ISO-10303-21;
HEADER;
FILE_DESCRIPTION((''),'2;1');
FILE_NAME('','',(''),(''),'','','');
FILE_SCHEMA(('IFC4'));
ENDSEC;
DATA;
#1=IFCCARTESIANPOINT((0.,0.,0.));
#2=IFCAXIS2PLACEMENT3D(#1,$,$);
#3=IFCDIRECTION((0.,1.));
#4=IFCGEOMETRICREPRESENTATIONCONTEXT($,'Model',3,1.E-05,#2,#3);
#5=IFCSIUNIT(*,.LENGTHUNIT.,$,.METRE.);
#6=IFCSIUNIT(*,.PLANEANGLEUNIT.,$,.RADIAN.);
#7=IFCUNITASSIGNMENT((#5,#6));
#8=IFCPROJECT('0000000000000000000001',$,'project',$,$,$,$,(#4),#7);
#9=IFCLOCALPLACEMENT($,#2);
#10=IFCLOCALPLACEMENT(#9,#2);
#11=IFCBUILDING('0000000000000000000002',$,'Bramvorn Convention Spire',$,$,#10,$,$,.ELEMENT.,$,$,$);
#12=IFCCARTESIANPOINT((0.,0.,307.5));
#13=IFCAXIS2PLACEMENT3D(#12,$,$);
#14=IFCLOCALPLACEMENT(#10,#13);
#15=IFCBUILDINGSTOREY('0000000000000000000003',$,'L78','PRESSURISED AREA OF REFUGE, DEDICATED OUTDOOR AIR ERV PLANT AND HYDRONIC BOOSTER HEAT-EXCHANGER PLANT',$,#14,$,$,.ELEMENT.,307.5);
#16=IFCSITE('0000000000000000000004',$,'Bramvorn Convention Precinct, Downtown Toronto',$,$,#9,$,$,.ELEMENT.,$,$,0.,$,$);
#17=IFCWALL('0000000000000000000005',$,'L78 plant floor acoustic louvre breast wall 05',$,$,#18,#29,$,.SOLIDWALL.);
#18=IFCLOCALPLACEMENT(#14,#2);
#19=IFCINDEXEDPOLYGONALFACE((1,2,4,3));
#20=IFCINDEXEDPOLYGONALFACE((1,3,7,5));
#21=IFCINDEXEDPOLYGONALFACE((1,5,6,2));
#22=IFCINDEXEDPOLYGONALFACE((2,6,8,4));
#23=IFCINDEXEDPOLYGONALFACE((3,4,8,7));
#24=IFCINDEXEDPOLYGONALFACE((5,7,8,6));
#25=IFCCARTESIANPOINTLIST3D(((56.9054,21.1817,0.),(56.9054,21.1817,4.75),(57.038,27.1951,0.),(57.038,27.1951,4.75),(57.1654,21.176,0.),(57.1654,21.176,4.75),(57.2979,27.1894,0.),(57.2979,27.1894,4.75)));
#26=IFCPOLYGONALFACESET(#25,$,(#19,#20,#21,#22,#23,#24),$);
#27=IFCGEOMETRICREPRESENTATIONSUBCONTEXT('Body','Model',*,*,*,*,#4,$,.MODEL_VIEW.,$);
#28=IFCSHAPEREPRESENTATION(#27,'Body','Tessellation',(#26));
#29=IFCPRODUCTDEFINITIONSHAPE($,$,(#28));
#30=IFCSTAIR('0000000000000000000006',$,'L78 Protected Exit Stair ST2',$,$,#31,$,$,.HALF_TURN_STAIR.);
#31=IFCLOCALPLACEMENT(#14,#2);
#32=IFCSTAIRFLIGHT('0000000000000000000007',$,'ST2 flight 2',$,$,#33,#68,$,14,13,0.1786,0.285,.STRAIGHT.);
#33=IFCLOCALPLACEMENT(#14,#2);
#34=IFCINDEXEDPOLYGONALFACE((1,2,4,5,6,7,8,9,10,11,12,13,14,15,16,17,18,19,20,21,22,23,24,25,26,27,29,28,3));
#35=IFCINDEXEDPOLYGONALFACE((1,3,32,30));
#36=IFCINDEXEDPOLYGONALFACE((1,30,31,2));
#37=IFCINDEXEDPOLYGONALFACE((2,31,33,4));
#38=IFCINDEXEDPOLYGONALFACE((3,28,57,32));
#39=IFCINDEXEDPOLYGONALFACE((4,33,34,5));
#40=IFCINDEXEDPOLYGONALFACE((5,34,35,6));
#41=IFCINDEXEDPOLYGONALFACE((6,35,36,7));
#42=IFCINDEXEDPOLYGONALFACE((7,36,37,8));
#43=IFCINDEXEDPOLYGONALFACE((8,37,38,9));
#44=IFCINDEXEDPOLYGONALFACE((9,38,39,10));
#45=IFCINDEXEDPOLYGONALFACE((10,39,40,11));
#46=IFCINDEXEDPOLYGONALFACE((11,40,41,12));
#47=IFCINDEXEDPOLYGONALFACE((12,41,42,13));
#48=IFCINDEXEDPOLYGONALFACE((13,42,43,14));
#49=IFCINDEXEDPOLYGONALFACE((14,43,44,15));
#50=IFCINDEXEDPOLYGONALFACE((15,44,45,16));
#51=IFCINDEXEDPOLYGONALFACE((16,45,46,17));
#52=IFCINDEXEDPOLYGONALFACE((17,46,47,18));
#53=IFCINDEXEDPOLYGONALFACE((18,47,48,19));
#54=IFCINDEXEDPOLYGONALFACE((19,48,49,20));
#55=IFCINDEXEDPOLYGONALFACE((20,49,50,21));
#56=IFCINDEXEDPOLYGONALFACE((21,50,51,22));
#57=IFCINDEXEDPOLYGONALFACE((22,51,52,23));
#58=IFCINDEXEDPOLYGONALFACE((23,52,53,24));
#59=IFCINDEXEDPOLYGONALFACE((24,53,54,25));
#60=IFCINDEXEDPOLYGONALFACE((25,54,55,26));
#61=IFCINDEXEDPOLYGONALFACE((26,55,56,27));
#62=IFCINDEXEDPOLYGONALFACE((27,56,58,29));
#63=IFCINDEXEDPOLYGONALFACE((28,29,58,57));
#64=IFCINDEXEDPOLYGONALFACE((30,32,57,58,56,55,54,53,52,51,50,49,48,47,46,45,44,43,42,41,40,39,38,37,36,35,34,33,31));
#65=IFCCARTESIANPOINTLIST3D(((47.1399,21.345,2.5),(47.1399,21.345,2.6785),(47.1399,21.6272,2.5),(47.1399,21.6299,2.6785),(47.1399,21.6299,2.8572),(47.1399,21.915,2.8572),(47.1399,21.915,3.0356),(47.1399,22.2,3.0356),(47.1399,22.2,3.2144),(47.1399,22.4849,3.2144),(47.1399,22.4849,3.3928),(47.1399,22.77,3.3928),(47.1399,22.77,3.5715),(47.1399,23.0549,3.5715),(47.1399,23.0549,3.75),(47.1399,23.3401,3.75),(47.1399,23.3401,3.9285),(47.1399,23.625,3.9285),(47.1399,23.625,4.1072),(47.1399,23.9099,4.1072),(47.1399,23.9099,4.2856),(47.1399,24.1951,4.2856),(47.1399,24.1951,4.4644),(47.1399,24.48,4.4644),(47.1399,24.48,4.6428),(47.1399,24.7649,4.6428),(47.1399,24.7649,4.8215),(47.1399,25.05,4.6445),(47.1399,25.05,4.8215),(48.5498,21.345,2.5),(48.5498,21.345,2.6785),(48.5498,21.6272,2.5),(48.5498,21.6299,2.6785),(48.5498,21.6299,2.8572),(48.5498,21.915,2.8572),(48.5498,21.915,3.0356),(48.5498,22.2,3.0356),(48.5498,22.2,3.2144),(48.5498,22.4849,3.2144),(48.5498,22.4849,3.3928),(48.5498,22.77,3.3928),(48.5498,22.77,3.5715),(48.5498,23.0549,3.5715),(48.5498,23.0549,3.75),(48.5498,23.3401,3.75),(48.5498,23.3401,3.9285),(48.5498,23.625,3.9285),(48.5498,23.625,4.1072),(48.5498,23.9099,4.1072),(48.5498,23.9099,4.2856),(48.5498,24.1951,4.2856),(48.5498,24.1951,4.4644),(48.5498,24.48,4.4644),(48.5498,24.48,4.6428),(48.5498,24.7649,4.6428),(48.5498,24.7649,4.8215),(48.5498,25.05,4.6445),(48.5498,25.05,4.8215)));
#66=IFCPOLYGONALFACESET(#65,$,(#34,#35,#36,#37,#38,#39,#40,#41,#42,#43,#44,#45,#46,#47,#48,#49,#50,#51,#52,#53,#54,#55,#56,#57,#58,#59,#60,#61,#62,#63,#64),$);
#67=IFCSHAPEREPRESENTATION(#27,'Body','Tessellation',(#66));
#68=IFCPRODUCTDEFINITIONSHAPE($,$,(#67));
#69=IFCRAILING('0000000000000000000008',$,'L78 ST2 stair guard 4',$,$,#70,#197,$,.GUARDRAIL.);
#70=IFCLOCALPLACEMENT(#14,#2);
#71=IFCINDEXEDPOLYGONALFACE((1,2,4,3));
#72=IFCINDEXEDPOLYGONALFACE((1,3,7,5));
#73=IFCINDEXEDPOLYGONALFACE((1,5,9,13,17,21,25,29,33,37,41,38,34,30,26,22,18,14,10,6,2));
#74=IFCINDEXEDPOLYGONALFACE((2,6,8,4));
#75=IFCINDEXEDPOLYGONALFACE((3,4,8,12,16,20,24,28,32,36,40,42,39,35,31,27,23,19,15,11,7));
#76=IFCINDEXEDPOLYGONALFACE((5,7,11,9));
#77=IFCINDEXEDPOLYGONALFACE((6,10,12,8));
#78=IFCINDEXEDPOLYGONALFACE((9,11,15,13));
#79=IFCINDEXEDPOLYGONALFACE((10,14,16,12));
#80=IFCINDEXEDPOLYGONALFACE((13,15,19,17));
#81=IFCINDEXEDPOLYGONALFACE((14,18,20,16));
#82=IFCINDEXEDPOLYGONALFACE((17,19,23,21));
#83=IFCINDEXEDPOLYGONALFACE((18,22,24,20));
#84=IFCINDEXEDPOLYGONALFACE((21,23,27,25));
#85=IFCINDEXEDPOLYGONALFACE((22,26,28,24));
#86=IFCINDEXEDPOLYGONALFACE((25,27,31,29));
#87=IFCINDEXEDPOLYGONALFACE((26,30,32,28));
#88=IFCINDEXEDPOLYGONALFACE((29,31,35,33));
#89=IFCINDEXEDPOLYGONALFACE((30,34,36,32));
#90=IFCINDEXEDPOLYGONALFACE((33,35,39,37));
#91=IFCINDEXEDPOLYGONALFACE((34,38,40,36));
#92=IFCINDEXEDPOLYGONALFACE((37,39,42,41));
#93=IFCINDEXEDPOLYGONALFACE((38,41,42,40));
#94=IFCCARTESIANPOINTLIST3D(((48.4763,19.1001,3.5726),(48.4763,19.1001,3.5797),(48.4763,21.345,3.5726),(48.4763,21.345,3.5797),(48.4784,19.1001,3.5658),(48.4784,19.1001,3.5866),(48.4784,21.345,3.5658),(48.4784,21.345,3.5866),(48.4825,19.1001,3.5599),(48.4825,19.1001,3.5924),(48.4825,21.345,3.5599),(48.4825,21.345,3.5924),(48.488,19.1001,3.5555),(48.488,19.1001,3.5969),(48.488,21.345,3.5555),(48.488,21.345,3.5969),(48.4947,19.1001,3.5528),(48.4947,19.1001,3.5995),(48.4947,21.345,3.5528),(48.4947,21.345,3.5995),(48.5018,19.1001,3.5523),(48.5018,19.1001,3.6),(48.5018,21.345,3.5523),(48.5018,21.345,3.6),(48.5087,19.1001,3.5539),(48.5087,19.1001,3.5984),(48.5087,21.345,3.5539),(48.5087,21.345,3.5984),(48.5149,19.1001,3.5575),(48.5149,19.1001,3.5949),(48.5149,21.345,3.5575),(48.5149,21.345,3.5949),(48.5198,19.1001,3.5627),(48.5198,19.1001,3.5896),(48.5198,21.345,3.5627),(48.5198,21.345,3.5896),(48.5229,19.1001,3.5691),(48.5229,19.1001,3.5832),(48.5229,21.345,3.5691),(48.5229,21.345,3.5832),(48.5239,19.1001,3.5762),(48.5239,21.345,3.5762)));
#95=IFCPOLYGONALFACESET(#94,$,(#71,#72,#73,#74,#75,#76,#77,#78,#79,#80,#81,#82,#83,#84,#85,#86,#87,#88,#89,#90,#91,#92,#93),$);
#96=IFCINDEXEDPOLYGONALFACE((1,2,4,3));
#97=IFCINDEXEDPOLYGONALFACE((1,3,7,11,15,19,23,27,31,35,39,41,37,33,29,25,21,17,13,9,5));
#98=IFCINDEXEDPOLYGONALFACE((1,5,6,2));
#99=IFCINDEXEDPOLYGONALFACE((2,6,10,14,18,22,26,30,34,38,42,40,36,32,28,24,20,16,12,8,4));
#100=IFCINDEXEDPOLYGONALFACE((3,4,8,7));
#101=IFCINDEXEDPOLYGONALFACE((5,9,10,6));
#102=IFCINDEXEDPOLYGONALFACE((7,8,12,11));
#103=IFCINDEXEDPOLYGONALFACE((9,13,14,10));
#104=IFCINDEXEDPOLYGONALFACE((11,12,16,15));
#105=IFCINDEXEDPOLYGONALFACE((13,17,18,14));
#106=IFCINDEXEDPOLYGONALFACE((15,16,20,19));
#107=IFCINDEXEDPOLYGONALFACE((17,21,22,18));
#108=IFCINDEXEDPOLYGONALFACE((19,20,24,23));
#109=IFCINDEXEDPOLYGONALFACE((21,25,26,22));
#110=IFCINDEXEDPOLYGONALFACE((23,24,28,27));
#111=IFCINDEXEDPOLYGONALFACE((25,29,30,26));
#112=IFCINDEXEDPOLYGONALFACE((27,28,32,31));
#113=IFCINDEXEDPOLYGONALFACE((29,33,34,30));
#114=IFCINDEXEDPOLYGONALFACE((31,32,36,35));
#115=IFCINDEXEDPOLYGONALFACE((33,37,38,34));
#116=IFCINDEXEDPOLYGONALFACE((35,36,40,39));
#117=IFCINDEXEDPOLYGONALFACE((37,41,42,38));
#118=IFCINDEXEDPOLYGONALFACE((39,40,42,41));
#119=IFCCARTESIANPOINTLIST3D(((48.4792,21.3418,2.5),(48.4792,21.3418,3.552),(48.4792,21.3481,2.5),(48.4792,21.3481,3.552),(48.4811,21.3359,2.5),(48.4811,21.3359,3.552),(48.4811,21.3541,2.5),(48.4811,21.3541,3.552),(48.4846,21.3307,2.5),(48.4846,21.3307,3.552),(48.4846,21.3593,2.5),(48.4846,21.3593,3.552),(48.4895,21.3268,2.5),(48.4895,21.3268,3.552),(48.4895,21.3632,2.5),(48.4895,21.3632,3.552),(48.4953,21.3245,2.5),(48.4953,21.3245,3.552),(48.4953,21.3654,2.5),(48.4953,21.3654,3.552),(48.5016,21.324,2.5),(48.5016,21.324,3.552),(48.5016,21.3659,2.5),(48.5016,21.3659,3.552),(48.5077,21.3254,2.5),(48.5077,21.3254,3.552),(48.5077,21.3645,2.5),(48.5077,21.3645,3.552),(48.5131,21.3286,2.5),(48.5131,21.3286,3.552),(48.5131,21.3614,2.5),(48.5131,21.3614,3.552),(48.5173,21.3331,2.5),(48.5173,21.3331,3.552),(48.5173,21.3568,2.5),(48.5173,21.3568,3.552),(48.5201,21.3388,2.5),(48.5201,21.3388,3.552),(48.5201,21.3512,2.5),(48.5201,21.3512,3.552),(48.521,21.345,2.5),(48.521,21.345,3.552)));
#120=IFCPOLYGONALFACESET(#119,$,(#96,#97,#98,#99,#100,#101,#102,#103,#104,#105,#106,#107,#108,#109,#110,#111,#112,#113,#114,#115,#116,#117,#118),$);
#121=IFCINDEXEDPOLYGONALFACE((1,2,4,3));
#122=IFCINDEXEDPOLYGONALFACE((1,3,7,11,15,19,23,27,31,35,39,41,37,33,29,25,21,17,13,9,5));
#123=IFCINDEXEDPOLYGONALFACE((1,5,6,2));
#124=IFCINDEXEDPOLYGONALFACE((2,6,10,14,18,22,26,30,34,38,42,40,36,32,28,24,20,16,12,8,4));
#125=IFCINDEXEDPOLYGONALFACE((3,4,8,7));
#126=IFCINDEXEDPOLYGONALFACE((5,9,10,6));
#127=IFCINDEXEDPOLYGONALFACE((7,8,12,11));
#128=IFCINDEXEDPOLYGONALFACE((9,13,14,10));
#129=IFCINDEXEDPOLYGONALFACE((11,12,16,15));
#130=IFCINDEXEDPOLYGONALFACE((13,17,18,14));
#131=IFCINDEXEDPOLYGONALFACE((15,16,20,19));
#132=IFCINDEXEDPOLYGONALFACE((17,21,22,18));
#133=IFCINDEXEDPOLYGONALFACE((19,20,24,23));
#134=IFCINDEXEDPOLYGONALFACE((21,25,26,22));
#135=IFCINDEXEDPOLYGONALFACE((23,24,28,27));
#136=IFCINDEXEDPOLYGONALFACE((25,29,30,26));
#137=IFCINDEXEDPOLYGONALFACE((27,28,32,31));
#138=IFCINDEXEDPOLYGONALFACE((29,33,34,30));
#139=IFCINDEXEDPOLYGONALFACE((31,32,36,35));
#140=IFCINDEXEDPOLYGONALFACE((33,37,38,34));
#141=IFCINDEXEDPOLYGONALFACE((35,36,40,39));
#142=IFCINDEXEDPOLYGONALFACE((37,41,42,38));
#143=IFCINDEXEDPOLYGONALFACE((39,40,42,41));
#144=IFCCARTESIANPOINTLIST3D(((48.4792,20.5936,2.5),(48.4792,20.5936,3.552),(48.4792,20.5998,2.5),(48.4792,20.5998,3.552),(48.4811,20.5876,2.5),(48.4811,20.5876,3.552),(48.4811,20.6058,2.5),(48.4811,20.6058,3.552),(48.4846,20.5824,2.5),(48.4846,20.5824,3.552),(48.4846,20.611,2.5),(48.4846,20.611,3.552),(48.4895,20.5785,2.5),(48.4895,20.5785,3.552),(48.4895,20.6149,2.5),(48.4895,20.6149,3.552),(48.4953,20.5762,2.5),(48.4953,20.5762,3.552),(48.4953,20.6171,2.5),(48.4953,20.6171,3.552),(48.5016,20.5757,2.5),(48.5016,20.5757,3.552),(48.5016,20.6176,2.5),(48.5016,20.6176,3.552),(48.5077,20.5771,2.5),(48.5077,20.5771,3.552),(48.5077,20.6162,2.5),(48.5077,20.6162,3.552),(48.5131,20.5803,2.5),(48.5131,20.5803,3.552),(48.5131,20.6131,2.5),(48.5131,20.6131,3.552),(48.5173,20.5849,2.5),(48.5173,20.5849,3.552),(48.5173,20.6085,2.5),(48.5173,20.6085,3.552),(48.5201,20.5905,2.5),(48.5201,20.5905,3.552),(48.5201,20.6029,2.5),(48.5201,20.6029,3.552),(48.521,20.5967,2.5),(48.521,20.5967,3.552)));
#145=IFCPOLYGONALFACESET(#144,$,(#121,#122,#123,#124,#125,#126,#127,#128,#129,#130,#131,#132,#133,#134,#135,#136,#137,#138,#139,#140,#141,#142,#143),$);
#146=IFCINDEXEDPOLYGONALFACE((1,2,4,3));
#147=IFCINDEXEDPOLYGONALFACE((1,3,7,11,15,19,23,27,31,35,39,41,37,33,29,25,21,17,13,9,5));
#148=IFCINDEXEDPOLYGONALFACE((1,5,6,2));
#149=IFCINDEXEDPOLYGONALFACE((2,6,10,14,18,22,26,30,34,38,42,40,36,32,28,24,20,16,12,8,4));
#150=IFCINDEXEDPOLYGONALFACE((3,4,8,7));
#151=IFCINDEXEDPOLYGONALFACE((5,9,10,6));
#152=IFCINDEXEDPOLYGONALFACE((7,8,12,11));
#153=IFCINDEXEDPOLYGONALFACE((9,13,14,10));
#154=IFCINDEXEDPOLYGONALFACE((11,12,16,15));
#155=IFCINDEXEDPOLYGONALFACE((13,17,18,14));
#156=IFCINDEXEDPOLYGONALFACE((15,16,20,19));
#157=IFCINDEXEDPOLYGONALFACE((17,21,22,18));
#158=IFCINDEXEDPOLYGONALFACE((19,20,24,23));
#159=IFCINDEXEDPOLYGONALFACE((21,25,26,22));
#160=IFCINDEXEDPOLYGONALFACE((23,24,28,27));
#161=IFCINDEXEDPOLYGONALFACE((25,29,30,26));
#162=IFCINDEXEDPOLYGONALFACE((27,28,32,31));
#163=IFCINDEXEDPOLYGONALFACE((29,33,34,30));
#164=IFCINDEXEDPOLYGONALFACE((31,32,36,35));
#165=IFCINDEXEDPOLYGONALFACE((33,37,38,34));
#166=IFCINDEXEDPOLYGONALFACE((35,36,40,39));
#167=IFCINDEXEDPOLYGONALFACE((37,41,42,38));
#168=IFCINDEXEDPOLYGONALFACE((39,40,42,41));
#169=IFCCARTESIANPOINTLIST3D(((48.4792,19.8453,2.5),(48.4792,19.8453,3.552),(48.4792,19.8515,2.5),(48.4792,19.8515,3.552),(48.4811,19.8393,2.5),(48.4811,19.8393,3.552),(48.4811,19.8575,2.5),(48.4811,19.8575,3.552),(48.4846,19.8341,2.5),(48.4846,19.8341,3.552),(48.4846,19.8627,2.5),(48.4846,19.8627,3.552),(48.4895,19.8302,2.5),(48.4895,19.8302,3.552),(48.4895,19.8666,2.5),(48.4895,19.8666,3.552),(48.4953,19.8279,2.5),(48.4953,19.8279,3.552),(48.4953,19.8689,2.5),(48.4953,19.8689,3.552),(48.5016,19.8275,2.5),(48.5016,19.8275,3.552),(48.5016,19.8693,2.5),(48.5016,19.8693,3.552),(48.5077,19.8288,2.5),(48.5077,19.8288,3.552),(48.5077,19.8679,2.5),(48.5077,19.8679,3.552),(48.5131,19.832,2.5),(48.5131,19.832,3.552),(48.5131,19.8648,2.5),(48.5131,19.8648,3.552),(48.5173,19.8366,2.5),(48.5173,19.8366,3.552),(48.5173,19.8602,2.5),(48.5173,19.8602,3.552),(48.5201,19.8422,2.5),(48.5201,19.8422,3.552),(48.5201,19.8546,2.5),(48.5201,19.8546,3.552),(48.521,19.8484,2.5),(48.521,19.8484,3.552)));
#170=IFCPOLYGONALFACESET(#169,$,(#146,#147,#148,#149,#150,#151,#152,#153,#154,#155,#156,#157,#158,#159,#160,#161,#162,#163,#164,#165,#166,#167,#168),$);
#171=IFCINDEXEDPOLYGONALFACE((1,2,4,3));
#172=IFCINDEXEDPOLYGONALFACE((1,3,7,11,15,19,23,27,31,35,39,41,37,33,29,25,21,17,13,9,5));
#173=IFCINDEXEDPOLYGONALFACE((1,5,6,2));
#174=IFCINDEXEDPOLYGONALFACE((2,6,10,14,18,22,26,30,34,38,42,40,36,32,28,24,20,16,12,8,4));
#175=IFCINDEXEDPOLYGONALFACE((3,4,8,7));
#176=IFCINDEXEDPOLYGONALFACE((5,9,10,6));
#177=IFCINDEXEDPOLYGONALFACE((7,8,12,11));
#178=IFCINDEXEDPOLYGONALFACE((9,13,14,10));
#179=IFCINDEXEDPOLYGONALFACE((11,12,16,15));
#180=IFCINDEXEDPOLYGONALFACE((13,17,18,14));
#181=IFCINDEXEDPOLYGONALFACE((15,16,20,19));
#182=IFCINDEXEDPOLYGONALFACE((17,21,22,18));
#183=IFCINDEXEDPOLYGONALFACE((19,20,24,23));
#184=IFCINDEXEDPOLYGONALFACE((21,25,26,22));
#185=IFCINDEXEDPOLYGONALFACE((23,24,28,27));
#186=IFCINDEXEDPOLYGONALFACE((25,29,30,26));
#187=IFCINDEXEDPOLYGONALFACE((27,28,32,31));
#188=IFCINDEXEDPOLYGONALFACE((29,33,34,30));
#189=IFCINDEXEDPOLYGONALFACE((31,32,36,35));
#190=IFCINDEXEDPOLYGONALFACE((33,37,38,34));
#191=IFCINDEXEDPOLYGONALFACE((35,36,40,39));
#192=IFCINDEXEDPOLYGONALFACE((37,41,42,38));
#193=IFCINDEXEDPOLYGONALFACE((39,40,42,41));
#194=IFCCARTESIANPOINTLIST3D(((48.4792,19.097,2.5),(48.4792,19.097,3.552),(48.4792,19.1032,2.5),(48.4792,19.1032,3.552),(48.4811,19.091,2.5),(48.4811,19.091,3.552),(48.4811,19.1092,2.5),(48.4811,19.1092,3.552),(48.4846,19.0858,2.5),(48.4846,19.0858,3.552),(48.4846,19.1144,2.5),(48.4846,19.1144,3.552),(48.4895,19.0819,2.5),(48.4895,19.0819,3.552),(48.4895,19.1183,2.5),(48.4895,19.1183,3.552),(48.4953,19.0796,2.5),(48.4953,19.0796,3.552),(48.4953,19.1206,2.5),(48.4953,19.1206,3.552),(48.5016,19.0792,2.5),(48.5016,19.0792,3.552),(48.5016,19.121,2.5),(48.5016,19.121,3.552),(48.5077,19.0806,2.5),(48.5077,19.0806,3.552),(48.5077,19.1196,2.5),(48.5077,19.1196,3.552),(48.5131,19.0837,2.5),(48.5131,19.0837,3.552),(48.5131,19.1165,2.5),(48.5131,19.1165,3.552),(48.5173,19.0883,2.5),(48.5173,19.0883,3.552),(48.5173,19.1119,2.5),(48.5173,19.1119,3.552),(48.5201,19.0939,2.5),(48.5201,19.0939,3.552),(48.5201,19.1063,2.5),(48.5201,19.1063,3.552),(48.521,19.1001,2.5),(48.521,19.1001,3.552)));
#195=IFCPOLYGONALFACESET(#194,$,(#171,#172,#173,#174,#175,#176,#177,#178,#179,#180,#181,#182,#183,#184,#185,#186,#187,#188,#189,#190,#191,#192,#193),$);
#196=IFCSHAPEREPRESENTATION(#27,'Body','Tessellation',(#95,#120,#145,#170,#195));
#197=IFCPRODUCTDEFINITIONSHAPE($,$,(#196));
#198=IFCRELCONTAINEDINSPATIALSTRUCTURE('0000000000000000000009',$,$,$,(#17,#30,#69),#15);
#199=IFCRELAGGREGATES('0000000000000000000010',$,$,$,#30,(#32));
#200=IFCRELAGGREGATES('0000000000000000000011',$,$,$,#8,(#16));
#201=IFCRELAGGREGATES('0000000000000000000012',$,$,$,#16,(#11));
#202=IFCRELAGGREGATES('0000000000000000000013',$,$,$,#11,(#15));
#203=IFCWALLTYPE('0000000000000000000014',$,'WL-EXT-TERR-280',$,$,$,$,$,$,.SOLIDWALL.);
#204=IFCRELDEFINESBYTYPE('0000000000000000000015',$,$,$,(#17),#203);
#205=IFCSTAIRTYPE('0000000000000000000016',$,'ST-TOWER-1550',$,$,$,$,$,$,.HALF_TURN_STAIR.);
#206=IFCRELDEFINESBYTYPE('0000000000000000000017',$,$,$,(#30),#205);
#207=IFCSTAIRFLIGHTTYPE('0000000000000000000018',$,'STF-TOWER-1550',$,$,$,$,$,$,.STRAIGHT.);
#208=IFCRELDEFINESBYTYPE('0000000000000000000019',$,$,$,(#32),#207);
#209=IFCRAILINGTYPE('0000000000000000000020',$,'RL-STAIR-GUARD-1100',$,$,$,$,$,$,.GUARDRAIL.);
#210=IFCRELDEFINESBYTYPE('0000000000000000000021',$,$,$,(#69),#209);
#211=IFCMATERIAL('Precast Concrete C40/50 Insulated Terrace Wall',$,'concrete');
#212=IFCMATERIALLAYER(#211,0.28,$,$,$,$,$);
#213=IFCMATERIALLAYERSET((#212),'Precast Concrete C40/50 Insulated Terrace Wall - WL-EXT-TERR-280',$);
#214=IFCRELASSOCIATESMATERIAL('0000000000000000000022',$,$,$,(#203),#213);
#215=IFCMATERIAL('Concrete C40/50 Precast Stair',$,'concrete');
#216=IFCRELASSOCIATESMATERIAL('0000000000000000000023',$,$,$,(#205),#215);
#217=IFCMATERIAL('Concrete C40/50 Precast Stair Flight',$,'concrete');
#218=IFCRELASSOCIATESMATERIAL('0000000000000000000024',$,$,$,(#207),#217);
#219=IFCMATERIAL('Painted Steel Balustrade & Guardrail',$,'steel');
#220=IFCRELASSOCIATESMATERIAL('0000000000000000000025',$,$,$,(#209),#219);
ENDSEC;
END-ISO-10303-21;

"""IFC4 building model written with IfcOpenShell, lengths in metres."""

from ifc_helpers import new_model, si_unit, direction, frame, frame_2d, origin, origin_2d, place, context, subcontext, project, spatial, polyline, rectangle, circle, outline, extrude, material, layer, layer_set, type_object, element, aggregate, save


model = new_model("IFC4")

# Units and contexts
model_context = context("Model", 3, precision=1e-05, world=origin(), true_north=direction((0.0, 1.0)))
body_context = subcontext(model_context, "Body", "Model", "MODEL_VIEW")
ifc_project = project(units=[si_unit("LENGTHUNIT", "METRE"), si_unit("PLANEANGLEUNIT", "RADIAN")], contexts=[model_context])

# Site, building, storey
site_placement = place(None, origin())
site = spatial("IfcSite", under=ifc_project, at=site_placement, Name="Bramvorn Convention Precinct, Downtown Toronto", CompositionType="ELEMENT", RefElevation=0.0)
building_placement = place(site_placement, origin())
building = spatial("IfcBuilding", under=site, at=building_placement, Name="Bramvorn Convention Spire", CompositionType="ELEMENT")
storey_placement = place(building_placement, frame((0.0, 0.0, 307.5)))
storey = spatial("IfcBuildingStorey", under=building, at=storey_placement, Name="L78", Description="PRESSURISED AREA OF REFUGE, DEDICATED OUTDOOR AIR ERV PLANT AND HYDRONIC BOOSTER HEAT-EXCHANGER PLANT", CompositionType="ELEMENT", Elevation=307.5)

# Wall
ifc_material_1 = material(Name="Precast Concrete C40/50 Insulated Terrace Wall", Category="concrete")
ifc_layer_1 = layer(ifc_material_1, 0.28)
ifc_layer_set_1 = layer_set([ifc_layer_1], Name="Precast Concrete C40/50 Insulated Terrace Wall - WL-EXT-TERR-280")
wall_type = type_object("IfcWallType", Name="WL-EXT-TERR-280", PredefinedType="SOLIDWALL", material=ifc_layer_set_1)
wall_placement = place(storey_placement, frame((57.168, 27.1921, 0.0), z_axis=(0.0, 0.0, 1.0), x_axis=(-0.02204, -0.999757, 0.0)))
element("IfcWall", 1, at=wall_placement, inside=storey, type_object=wall_type, Name="L78 plant floor acoustic louvre breast wall 05", PredefinedType="SOLIDWALL", context=body_context, shape_type="SweptSolid", body=[
    extrude(rectangle(XDim=6.0149, YDim=0.26, at=frame_2d((3.0073, 0.0))), origin(), (0.0, 0.0, 1.0), 4.75),
])

# Stair, stair flight
ifc_material_2 = material(Name="Concrete C40/50 Precast Stair", Category="concrete")
stair_type = type_object("IfcStairType", Name="ST-TOWER-1550", PredefinedType="HALF_TURN_STAIR", material=ifc_material_2)
stair_placement = place(storey_placement, origin())
stair = element("IfcStair", 2, at=stair_placement, inside=storey, type_object=stair_type, Name="L78 Protected Exit Stair ST2", PredefinedType="HALF_TURN_STAIR")
ifc_material_3 = material(Name="Concrete C40/50 Precast Stair Flight", Category="concrete")
stair_flight_type = type_object("IfcStairFlightType", Name="STF-TOWER-1550", PredefinedType="STRAIGHT", material=ifc_material_3)
stair_flight_placement = place(storey_placement, frame((47.845, 21.345, 2.5), z_axis=(0.0, 0.0, 1.0), x_axis=(0.0, 1.0, 0.0)))
stair_flight = element("IfcStairFlight", 3, at=stair_flight_placement, type_object=stair_flight_type, Name="ST2 flight 2", NumberOfRisers=14, NumberOfTreads=13, PredefinedType="STRAIGHT", RiserHeight=0.1786, TreadLength=0.285, context=body_context, shape_type="SweptSolid", body=[
    extrude(outline(polyline([(0.0, 0.0), (0.0, 0.1785), (0.2849, 0.1785), (0.2849, 0.3572), (0.5701, 0.3572), (0.5701, 0.5356), (0.855, 0.5356), (0.855, 0.7144), (1.1399, 0.7144), (1.1399, 0.8928), (1.425, 0.8928), (1.425, 1.0715), (1.71, 1.0715), (1.71, 1.25), (1.9951, 1.25), (1.9951, 1.4285), (2.28, 1.4285), (2.28, 1.6072), (2.5649, 1.6072), (2.5649, 1.7856), (2.8501, 1.7856), (2.8501, 1.9644), (3.135, 1.9644), (3.135, 2.1428), (3.4199, 2.1428), (3.4199, 2.3215), (3.7051, 2.3215), (3.7051, 2.5), (3.7051, 2.1445), (0.2822, 0.0), (0.0, 0.0)])), frame((0.0, 0.7051, 0.0), z_axis=(0.0, -1.0, 0.0), x_axis=(1.0, 0.0, 0.0)), (0.0, 0.0, 1.0), 1.4099),
])
aggregate(stair, [stair_flight])

# Railing
ifc_material_4 = material(Name="Painted Steel Balustrade & Guardrail", Category="steel")
railing_type_1 = type_object("IfcRailingType", Name="RL-STAIR-GUARD-1100", PredefinedType="GUARDRAIL", material=ifc_material_4)
railing_1_placement = place(storey_placement, frame((48.5, 21.345, 2.5)))
element("IfcRailing", 4, at=railing_1_placement, inside=storey, type_object=railing_type_1, Name="L78 ST2 stair guard 4", PredefinedType="GUARDRAIL", context=body_context, shape_type="SweptSolid", body=[
    extrude(circle(Radius=0.0239, at=origin_2d()), frame((0.0, 0.0, 1.0762), z_axis=(0.0, -1.0, 0.0), x_axis=(1.0, 0.0, 0.0)), (0.0, 0.0, 1.0), 2.2449),
    extrude(circle(Radius=0.021, at=origin_2d()), origin(), (0.0, 0.0, 1.0), 1.052),
    extrude(circle(Radius=0.021, at=origin_2d()), frame((0.0, -0.7483, 0.0)), (0.0, 0.0, 1.0), 1.052),
    extrude(circle(Radius=0.021, at=origin_2d()), frame((0.0, -1.4966, 0.0)), (0.0, 0.0, 1.0), 1.052),
    extrude(circle(Radius=0.021, at=origin_2d()), frame((0.0, -2.2449, 0.0)), (0.0, 0.0, 1.0), 1.052),
])

save(model, "model.ifc")
